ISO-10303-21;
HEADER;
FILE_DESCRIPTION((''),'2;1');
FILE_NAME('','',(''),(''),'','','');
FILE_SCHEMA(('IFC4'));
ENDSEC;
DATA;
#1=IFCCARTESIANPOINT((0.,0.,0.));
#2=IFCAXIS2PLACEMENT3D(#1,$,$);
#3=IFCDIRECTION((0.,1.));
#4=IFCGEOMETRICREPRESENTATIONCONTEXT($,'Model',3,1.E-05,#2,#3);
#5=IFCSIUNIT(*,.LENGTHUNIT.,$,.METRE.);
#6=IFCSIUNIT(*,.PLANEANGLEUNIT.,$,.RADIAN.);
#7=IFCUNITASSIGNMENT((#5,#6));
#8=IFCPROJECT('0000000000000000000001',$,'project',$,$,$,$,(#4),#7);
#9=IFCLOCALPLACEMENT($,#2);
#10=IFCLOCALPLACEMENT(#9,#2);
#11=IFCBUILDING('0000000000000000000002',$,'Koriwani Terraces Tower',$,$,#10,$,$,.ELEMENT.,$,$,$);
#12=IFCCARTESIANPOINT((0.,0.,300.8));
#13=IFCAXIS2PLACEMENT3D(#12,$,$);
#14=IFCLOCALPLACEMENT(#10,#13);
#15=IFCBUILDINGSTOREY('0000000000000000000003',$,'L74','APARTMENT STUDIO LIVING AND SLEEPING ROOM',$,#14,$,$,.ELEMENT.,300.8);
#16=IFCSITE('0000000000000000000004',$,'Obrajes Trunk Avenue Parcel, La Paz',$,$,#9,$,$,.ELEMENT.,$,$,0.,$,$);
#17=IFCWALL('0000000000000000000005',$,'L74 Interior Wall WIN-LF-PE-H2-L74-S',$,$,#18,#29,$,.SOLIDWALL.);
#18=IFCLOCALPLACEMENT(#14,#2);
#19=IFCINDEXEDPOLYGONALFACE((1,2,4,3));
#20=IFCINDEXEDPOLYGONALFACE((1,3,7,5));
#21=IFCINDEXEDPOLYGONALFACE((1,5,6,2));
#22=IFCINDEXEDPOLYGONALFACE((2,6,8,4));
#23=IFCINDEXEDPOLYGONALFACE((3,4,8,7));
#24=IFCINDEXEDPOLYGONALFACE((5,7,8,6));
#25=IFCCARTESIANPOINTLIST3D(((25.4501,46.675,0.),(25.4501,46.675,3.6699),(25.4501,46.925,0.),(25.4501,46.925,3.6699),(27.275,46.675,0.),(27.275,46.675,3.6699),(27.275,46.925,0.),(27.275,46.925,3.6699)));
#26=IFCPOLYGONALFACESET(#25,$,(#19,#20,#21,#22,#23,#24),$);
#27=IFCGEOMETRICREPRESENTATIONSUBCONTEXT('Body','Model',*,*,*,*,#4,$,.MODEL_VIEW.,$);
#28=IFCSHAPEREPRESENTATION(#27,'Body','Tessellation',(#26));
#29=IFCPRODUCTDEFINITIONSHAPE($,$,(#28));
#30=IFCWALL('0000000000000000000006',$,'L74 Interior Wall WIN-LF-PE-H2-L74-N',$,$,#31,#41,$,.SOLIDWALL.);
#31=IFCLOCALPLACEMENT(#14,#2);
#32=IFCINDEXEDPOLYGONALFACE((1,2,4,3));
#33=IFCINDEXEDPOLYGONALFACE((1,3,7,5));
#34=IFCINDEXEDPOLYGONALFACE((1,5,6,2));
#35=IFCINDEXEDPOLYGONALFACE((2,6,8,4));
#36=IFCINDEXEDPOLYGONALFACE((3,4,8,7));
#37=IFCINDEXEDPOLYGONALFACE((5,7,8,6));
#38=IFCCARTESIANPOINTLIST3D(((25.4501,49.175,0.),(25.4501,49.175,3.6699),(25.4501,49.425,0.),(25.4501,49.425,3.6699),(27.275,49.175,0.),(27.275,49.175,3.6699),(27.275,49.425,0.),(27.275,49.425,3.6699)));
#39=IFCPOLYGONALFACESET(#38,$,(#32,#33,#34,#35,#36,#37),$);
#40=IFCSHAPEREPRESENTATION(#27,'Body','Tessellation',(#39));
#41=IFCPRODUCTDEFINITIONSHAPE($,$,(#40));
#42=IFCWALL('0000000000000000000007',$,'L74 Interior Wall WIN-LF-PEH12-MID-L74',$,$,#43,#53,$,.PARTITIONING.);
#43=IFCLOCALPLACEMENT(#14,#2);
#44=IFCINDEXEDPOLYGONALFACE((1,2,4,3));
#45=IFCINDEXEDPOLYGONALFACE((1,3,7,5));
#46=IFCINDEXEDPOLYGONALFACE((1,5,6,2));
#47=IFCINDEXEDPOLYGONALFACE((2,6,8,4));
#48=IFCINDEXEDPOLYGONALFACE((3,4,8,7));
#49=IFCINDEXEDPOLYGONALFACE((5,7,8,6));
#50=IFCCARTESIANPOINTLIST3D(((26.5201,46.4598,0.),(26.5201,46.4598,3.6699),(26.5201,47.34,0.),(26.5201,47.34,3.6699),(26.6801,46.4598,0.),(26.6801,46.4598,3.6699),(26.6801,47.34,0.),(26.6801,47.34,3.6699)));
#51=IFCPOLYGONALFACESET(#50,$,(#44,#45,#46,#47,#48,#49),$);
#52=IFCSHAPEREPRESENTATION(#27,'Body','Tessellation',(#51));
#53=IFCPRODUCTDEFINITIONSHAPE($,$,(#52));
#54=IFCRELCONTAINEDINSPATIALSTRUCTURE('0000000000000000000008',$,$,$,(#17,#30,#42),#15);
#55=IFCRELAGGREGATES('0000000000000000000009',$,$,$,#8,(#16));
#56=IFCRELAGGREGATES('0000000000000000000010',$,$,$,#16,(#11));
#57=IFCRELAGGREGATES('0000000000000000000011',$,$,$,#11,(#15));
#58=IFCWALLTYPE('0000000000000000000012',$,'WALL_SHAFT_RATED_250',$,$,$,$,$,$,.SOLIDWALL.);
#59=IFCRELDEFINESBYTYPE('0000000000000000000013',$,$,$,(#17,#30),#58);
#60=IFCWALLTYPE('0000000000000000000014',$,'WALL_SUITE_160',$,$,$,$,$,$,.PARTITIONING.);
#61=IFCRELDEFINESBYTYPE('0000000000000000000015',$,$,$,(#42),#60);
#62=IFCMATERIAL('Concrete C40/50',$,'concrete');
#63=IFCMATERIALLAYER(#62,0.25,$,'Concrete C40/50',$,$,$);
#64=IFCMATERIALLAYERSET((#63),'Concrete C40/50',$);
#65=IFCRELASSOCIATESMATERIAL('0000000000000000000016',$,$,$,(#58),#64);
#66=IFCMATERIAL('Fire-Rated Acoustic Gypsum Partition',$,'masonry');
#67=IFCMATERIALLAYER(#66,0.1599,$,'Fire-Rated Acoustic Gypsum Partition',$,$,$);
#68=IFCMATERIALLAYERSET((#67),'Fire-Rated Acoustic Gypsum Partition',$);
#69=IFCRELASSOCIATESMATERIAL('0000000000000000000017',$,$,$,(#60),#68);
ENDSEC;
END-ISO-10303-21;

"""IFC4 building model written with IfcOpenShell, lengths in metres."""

from ifc_helpers import new_model, si_unit, direction, frame, frame_2d, origin, place, context, subcontext, project, spatial, rectangle, extrude, material, layer, layer_set, type_object, element, save


model = new_model("IFC4")

# Units and contexts
model_context = context("Model", 3, precision=1e-05, world=origin(), true_north=direction((0.0, 1.0)))
body_context = subcontext(model_context, "Body", "Model", "MODEL_VIEW")
ifc_project = project(units=[si_unit("LENGTHUNIT", "METRE"), si_unit("PLANEANGLEUNIT", "RADIAN")], contexts=[model_context])

# Site, building, storey
site_placement = place(None, origin())
site = spatial("IfcSite", under=ifc_project, at=site_placement, Name="Obrajes Trunk Avenue Parcel, La Paz", CompositionType="ELEMENT", RefElevation=0.0)
building_placement = place(site_placement, origin())
building = spatial("IfcBuilding", under=site, at=building_placement, Name="Koriwani Terraces Tower", CompositionType="ELEMENT")
storey_placement = place(building_placement, frame((0.0, 0.0, 300.8)))
storey = spatial("IfcBuildingStorey", under=building, at=storey_placement, Name="L74", Description="APARTMENT STUDIO LIVING AND SLEEPING ROOM", CompositionType="ELEMENT", Elevation=300.8)

# Shared definitions
ifc_material_1 = material(Name="Concrete C40/50", Category="concrete")

# Shared definitions
ifc_layer_1 = layer(ifc_material_1, 0.25, Name="Concrete C40/50")
ifc_layer_set_1 = layer_set([ifc_layer_1], Name="Concrete C40/50")
wall_type_1 = type_object("IfcWallType", Name="WALL_SHAFT_RATED_250", PredefinedType="SOLIDWALL", material=ifc_layer_set_1)

# Walls
for number, where, z_axis, x_axis, name in (
    (1, (25.45, 46.8, 0.0), (0.0, 0.0, 1.0), (1.0, 0.0, 0.0), "L74 Interior Wall WIN-LF-PE-H2-L74-S"),
    (2, (25.45, 49.3, 0.0), (0.0, 0.0, 1.0), (1.0, 0.0, 0.0), "L74 Interior Wall WIN-LF-PE-H2-L74-N"),
):
    element("IfcWall", number, at=place(storey_placement, frame(where, z_axis=z_axis, x_axis=x_axis)), inside=storey, type_object=wall_type_1, Name=name, PredefinedType="SOLIDWALL", context=body_context, shape_type="SweptSolid", body=[
        extrude(rectangle(XDim=1.825, YDim=0.25, at=frame_2d((0.9126, 0.0))), origin(), (0.0, 0.0, 1.0), 3.6699),
    ])
ifc_material_2 = material(Name="Fire-Rated Acoustic Gypsum Partition", Category="masonry")
ifc_layer_2 = layer(ifc_material_2, 0.1599, Name="Fire-Rated Acoustic Gypsum Partition")
ifc_layer_set_2 = layer_set([ifc_layer_2], Name="Fire-Rated Acoustic Gypsum Partition")
wall_type_2 = type_object("IfcWallType", Name="WALL_SUITE_160", PredefinedType="PARTITIONING", material=ifc_layer_set_2)
wall_1_placement = place(storey_placement, frame((26.6001, 46.46, 0.0), z_axis=(0.0, 0.0, 1.0), x_axis=(0.0, 1.0, 0.0)))
element("IfcWall", 3, at=wall_1_placement, inside=storey, type_object=wall_type_2, Name="L74 Interior Wall WIN-LF-PEH12-MID-L74", PredefinedType="PARTITIONING", context=body_context, shape_type="SweptSolid", body=[
    extrude(rectangle(XDim=0.8801, YDim=0.1599, at=frame_2d((0.4399, 0.0))), origin(), (0.0, 0.0, 1.0), 3.6699),
])

save(model, "model.ifc")
